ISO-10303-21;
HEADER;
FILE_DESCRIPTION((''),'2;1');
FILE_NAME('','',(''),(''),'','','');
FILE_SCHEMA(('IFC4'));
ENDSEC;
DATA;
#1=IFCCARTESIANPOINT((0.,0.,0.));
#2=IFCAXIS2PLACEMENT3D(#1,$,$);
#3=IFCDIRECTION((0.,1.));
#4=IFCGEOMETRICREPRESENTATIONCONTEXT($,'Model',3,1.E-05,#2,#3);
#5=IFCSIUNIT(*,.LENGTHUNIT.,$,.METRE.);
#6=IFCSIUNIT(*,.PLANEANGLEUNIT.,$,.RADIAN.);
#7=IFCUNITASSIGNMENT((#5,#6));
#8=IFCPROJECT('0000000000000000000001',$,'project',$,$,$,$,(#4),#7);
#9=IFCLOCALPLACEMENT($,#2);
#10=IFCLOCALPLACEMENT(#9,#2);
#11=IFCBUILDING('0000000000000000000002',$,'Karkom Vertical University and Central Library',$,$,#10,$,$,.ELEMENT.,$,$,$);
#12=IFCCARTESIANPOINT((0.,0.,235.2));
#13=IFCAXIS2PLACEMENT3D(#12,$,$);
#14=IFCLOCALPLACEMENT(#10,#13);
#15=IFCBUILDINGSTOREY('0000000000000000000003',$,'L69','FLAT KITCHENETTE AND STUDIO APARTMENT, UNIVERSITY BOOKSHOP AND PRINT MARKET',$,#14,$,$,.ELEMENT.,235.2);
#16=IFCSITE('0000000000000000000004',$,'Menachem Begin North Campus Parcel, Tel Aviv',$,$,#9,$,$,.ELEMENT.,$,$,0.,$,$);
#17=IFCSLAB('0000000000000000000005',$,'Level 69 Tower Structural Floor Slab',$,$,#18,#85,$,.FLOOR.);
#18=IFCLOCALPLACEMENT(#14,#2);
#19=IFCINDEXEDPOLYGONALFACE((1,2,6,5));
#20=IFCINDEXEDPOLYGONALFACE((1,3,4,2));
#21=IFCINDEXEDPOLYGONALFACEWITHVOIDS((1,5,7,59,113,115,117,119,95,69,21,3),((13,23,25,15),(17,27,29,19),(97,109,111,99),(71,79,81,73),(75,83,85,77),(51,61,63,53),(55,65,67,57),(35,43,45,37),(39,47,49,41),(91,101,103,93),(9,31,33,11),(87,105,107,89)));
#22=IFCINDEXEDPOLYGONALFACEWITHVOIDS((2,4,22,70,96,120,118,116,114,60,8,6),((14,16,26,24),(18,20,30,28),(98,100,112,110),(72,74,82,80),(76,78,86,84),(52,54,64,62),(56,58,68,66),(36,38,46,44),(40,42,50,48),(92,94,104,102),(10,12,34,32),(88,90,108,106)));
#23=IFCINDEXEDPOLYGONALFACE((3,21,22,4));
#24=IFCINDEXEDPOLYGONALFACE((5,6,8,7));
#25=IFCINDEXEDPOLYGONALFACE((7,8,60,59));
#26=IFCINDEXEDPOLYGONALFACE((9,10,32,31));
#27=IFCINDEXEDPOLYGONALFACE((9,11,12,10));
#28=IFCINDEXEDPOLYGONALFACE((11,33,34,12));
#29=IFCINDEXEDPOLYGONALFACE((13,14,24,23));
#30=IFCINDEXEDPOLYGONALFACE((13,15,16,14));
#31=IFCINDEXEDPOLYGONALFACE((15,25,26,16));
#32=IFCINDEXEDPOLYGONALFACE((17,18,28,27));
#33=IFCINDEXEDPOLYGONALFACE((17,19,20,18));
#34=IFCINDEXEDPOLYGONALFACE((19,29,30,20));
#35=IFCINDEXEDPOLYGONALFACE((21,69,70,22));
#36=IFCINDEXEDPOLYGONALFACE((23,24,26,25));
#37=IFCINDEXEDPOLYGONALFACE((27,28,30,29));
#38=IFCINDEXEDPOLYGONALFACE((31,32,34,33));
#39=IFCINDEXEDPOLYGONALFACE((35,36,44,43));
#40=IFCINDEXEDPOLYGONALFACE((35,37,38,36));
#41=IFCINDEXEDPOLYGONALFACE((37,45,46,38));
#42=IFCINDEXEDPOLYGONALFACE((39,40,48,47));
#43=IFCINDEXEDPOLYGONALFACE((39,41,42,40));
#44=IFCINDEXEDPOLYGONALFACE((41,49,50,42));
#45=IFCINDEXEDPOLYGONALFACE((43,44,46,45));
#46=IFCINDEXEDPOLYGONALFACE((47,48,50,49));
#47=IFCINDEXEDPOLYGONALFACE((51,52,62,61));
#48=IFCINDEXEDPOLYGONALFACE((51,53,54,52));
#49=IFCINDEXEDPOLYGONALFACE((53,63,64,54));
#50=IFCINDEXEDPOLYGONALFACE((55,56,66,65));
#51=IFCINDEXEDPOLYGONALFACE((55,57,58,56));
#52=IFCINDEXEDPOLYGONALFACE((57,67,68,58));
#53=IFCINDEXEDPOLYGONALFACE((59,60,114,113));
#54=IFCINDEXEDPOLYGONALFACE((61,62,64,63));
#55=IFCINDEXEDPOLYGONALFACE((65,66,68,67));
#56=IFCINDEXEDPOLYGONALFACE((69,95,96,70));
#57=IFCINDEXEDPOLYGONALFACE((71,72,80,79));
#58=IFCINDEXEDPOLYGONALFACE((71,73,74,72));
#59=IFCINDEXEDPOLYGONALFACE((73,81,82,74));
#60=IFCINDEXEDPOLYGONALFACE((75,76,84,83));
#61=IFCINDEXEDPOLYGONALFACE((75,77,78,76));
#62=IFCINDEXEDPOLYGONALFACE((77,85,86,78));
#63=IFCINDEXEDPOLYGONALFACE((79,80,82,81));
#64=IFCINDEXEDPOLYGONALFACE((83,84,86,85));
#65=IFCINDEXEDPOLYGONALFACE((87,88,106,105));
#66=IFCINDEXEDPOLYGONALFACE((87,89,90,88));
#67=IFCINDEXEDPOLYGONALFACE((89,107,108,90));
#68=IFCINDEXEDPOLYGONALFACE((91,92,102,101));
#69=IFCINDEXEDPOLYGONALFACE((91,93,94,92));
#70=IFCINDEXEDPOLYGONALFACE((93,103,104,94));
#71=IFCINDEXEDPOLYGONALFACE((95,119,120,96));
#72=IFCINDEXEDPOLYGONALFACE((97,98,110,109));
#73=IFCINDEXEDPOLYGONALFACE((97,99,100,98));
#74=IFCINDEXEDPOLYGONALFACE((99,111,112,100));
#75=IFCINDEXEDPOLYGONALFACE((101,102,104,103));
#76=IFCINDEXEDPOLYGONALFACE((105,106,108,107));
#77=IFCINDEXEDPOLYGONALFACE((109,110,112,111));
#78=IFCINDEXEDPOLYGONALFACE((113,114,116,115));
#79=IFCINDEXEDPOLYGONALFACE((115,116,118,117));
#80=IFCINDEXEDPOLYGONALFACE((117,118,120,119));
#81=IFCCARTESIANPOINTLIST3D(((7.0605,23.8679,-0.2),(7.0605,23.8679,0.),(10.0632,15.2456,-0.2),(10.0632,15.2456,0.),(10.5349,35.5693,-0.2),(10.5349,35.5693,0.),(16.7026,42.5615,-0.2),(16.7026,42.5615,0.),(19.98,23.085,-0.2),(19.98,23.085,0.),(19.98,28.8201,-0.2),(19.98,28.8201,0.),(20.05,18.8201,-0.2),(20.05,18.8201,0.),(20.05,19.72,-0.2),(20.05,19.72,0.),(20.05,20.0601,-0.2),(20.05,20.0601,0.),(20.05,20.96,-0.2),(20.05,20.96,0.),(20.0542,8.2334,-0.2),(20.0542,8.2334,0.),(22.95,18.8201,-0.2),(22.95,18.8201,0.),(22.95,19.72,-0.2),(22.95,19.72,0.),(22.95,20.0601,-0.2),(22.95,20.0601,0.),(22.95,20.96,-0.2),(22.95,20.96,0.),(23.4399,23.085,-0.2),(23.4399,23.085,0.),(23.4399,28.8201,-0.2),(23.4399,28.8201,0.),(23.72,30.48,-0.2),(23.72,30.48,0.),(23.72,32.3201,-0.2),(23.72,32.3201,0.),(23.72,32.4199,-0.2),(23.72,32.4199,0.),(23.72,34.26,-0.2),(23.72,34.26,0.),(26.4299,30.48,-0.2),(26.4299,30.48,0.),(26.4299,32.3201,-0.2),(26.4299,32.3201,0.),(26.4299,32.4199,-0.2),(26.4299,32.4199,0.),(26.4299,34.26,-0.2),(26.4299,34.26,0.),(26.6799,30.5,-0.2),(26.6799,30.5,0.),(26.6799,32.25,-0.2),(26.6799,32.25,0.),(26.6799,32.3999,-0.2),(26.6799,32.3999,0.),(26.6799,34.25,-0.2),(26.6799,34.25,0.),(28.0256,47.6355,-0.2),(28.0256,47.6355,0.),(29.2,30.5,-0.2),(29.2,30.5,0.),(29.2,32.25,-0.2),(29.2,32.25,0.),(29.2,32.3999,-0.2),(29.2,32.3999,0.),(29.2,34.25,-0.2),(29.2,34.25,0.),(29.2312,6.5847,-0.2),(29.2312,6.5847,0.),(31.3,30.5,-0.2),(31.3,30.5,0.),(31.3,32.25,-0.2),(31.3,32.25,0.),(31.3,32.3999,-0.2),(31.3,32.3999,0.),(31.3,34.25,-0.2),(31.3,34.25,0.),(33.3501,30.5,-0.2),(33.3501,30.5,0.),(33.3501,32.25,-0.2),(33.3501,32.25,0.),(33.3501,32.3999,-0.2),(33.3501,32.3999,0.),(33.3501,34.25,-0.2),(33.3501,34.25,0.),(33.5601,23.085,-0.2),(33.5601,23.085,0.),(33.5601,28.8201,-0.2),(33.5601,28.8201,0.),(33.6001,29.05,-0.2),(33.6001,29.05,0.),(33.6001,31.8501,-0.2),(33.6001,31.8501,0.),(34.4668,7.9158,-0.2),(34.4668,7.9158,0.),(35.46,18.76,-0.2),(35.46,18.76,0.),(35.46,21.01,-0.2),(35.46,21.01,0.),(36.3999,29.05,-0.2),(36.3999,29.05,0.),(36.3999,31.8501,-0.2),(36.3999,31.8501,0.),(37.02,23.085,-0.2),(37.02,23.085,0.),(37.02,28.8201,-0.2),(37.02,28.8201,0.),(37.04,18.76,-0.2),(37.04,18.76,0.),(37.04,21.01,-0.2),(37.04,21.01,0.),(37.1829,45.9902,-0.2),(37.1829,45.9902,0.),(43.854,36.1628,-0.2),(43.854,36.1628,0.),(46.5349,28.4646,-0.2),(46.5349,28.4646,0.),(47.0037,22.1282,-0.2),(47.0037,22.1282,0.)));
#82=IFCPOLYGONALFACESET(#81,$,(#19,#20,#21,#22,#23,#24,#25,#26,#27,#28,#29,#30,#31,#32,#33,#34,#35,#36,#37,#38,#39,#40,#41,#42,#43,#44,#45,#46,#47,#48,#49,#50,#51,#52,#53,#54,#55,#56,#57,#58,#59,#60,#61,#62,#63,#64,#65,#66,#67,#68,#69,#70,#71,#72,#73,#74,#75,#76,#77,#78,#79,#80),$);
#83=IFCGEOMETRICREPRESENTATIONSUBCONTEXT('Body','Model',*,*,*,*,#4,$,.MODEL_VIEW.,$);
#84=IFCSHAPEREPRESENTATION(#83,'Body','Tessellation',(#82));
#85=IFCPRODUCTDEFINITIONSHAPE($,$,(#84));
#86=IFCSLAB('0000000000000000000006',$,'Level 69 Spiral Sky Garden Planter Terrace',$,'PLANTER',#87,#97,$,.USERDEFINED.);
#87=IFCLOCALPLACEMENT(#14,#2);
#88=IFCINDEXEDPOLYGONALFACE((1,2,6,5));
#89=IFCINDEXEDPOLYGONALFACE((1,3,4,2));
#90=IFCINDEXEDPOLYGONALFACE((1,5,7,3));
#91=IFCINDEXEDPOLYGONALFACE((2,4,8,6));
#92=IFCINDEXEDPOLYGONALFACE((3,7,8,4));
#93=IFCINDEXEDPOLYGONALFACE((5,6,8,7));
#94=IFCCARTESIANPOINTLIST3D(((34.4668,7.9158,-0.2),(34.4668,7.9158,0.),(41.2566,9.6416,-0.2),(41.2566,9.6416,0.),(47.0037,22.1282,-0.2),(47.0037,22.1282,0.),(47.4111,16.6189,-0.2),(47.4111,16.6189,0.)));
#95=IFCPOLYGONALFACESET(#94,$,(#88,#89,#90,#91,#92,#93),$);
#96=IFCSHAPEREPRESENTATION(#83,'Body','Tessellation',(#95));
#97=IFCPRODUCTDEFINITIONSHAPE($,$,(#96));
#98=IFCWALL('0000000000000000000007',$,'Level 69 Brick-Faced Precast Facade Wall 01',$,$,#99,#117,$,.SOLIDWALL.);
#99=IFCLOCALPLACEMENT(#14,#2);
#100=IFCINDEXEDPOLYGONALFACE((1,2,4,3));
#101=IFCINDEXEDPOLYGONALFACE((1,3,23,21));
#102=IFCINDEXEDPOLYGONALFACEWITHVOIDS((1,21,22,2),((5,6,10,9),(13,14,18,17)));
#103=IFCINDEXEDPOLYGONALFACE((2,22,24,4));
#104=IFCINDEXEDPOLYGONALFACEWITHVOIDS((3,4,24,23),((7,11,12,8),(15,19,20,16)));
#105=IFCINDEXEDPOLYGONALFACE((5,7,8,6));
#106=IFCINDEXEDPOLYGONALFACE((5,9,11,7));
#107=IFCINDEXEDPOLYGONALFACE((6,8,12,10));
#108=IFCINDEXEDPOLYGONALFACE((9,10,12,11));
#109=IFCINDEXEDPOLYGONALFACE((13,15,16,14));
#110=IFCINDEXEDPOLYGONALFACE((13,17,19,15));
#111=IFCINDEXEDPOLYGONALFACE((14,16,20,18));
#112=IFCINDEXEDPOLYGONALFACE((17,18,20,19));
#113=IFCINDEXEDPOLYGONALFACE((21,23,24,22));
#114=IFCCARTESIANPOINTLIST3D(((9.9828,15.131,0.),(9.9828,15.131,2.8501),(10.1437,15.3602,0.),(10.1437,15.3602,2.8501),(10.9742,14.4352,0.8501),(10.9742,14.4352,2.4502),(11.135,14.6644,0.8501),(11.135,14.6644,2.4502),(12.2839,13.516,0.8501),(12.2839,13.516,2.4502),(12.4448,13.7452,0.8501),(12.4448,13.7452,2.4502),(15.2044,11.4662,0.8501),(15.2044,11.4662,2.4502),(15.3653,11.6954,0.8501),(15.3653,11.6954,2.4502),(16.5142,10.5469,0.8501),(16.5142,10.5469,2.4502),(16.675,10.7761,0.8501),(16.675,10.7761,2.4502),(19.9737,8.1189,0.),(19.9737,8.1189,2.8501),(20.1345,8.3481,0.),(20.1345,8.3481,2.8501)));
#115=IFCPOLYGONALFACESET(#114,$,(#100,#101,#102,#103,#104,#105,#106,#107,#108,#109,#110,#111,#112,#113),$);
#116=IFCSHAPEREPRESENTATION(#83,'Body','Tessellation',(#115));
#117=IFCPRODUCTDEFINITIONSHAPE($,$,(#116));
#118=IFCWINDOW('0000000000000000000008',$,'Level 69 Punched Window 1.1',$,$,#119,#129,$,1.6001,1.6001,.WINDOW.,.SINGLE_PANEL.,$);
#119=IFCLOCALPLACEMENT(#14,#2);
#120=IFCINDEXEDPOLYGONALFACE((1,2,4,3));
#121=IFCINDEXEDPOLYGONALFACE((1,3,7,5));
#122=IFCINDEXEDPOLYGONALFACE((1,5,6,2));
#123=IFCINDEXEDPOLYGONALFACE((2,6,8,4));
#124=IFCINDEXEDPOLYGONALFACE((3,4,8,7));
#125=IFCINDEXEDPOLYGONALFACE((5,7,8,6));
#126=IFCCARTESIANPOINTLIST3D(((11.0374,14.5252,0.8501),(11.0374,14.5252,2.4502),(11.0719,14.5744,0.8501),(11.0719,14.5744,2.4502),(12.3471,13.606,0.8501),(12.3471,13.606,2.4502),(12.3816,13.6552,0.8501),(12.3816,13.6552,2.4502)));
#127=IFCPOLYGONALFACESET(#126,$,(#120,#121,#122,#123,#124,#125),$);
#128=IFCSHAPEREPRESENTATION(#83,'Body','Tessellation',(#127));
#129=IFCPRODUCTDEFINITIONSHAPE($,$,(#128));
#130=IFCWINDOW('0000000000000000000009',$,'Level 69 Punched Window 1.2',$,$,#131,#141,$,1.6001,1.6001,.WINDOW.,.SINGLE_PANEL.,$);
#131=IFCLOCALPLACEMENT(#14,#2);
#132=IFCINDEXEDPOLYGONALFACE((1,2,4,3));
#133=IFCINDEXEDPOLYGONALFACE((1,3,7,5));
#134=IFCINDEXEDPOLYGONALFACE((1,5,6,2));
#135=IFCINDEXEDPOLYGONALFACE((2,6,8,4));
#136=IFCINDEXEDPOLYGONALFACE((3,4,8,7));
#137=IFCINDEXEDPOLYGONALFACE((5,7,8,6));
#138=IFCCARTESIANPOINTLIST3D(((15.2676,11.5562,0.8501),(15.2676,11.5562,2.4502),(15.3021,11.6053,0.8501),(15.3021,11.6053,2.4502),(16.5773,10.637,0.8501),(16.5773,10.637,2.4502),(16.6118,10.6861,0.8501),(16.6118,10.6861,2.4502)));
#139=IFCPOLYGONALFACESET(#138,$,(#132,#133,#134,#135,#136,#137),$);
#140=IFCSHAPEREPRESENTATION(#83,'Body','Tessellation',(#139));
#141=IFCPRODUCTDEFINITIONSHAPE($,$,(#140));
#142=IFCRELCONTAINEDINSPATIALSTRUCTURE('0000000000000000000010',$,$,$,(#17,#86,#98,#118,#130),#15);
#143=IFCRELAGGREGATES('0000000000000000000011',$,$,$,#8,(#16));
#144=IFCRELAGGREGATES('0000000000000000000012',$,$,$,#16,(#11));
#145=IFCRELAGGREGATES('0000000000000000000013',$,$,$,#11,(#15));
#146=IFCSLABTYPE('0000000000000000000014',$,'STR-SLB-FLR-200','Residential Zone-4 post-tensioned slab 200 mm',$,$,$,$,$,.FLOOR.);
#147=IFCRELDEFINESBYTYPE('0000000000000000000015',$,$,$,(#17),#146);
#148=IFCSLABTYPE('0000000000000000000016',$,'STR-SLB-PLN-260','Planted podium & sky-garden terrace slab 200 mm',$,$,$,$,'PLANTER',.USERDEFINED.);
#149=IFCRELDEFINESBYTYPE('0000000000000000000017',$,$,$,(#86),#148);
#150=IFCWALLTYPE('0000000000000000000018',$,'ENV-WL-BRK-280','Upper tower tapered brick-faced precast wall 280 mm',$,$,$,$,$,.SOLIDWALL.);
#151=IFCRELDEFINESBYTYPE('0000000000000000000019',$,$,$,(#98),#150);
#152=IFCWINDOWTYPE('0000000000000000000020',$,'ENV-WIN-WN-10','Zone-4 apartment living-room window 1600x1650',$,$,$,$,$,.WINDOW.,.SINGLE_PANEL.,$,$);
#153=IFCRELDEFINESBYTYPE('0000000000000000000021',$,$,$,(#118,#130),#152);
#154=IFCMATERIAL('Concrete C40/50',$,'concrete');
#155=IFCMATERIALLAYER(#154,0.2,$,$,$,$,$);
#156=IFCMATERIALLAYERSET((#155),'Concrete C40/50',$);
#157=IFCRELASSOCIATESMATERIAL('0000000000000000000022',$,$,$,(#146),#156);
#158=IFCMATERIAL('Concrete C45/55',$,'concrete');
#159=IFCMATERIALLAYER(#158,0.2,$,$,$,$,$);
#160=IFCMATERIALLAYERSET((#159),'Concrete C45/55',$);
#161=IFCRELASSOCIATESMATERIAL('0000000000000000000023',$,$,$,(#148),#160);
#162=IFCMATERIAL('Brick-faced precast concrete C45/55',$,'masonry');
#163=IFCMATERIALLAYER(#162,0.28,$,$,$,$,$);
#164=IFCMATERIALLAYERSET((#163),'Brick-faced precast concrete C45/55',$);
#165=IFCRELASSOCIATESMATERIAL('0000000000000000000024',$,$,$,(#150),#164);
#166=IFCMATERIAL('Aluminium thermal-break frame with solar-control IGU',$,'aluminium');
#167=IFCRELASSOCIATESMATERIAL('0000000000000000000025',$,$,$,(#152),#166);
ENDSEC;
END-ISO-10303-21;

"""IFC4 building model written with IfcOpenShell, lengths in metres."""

from ifc_helpers import new_model, si_unit, direction, frame, frame_2d, origin, origin_with_axes, place, context, subcontext, project, spatial, polyline, rectangle, outline, extrude, source, transform, mapped, material, layer, layer_set, type_object, element, fill, save


model = new_model("IFC4")

# Units and contexts
model_context = context("Model", 3, precision=1e-05, world=origin(), true_north=direction((0.0, 1.0)))
body_context = subcontext(model_context, "Body", "Model", "MODEL_VIEW")
ifc_project = project(units=[si_unit("LENGTHUNIT", "METRE"), si_unit("PLANEANGLEUNIT", "RADIAN")], contexts=[model_context])

# Site, building, storey
site_placement = place(None, origin())
site = spatial("IfcSite", under=ifc_project, at=site_placement, Name="Menachem Begin North Campus Parcel, Tel Aviv", CompositionType="ELEMENT", RefElevation=0.0)
building_placement = place(site_placement, origin())
building = spatial("IfcBuilding", under=site, at=building_placement, Name="Karkom Vertical University and Central Library", CompositionType="ELEMENT")
storey_placement = place(building_placement, frame((0.0, 0.0, 235.2)))
storey = spatial("IfcBuildingStorey", under=building, at=storey_placement, Name="L69", Description="FLAT KITCHENETTE AND STUDIO APARTMENT, UNIVERSITY BOOKSHOP AND PRINT MARKET", CompositionType="ELEMENT", Elevation=235.2)

# Shared definitions
ifc_material_1 = material(Name="Concrete C45/55", Category="concrete")

# Slabs
ifc_material_2 = material(Name="Concrete C40/50", Category="concrete")
ifc_layer_1 = layer(ifc_material_2, 0.2)
ifc_layer_set_1 = layer_set([ifc_layer_1], Name="Concrete C40/50")
slab_type_1 = type_object("IfcSlabType", Name="STR-SLB-FLR-200", Description="Residential Zone-4 post-tensioned slab 200 mm", PredefinedType="FLOOR", material=ifc_layer_set_1)
slab_1_placement = place(storey_placement, frame((0.0, 0.0, -0.2)))
element("IfcSlab", 1, at=slab_1_placement, inside=storey, type_object=slab_type_1, Name="Level 69 Tower Structural Floor Slab", PredefinedType="FLOOR", context=body_context, shape_type="SweptSolid", body=[
    extrude(outline(polyline([(10.0632, 15.2456), (20.0542, 8.2334), (29.2312, 6.5847), (34.4668, 7.9158), (47.0037, 22.1282), (46.5349, 28.4646), (43.854, 36.1628), (37.1829, 45.9902), (28.0256, 47.6355), (16.7026, 42.5615), (10.5349, 35.5693), (7.0605, 23.8679), (10.0632, 15.2456)]), holes=[polyline([(19.98, 23.085), (23.4399, 23.085), (23.4399, 28.8201), (19.98, 28.8201), (19.98, 23.085)]), polyline([(33.5601, 23.085), (37.02, 23.085), (37.02, 28.8201), (33.5601, 28.8201), (33.5601, 23.085)]), polyline([(26.6799, 30.5), (29.2, 30.5), (29.2, 32.25), (26.6799, 32.25), (26.6799, 30.5)]), polyline([(26.6799, 32.3999), (29.2, 32.3999), (29.2, 34.25), (26.6799, 34.25), (26.6799, 32.3999)]), polyline([(31.3, 30.5), (33.3501, 30.5), (33.3501, 32.25), (31.3, 32.25), (31.3, 30.5)]), polyline([(31.3, 32.3999), (33.3501, 32.3999), (33.3501, 34.25), (31.3, 34.25), (31.3, 32.3999)]), polyline([(23.72, 30.48), (26.4299, 30.48), (26.4299, 32.3201), (23.72, 32.3201), (23.72, 30.48)]), polyline([(23.72, 32.4199), (26.4299, 32.4199), (26.4299, 34.26), (23.72, 34.26), (23.72, 32.4199)]), polyline([(33.6001, 29.05), (36.3999, 29.05), (36.3999, 31.8501), (33.6001, 31.8501), (33.6001, 29.05)]), polyline([(20.05, 18.8201), (22.95, 18.8201), (22.95, 19.72), (20.05, 19.72), (20.05, 18.8201)]), polyline([(20.05, 20.0601), (22.95, 20.0601), (22.95, 20.96), (20.05, 20.96), (20.05, 20.0601)]), polyline([(35.46, 18.76), (37.04, 18.76), (37.04, 21.01), (35.46, 21.01), (35.46, 18.76)])]), origin(), (0.0, 0.0, 1.0), 0.2),
])
ifc_layer_2 = layer(ifc_material_1, 0.2)
ifc_layer_set_2 = layer_set([ifc_layer_2], Name="Concrete C45/55")
slab_type_2 = type_object("IfcSlabType", Name="STR-SLB-PLN-260", Description="Planted podium & sky-garden terrace slab 200 mm", ElementType="PLANTER", PredefinedType="USERDEFINED", material=ifc_layer_set_2)
slab_2_placement = place(storey_placement, frame((0.0, 0.0, -0.2)))
element("IfcSlab", 2, at=slab_2_placement, inside=storey, type_object=slab_type_2, Name="Level 69 Spiral Sky Garden Planter Terrace", ObjectType="PLANTER", PredefinedType="USERDEFINED", context=body_context, shape_type="SweptSolid", body=[
    extrude(outline(polyline([(34.4668, 7.9158), (41.2566, 9.6416), (47.4111, 16.6189), (47.0037, 22.1282), (34.4668, 7.9158)])), origin(), (0.0, 0.0, 1.0), 0.2),
])

# Wall, openings, windows
ifc_material_3 = material(Name="Brick-faced precast concrete C45/55", Category="masonry")
ifc_layer_3 = layer(ifc_material_3, 0.28)
ifc_layer_set_3 = layer_set([ifc_layer_3], Name="Brick-faced precast concrete C45/55")
wall_type_1 = type_object("IfcWallType", Name="ENV-WL-BRK-280", Description="Upper tower tapered brick-faced precast wall 280 mm", PredefinedType="SOLIDWALL", material=ifc_layer_set_3)
wall_1_placement = place(storey_placement, frame((10.0632, 15.2456, 0.0), z_axis=(0.0, 0.0, 1.0), x_axis=(0.818518, -0.574481, 0.0)))
wall_1 = element("IfcWall", 3, at=wall_1_placement, inside=storey, type_object=wall_type_1, Name="Level 69 Brick-Faced Precast Facade Wall 01", PredefinedType="SOLIDWALL", context=body_context, shape_type="SweptSolid", body=[
    extrude(rectangle(XDim=12.2061, YDim=0.28, at=frame_2d((6.103, 0.0))), origin(), (0.0, 0.0, 1.0), 2.8501),
])
opening_1_placement = place(wall_1_placement, frame((1.2112, 0.0, 0.8501)))
opening_1 = element("IfcOpeningElement", 4, at=opening_1_placement, cuts=wall_1, PredefinedType="OPENING", context=body_context, shape_type="SweptSolid", body=[
    extrude(rectangle(XDim=1.6001, YDim=1.6001, at=frame_2d((0.8, 0.8))), frame((0.0, 0.1499, 0.0), z_axis=(0.0, -1.0, 0.0), x_axis=(1.0, 0.0, 0.0)), (0.0, 0.0, 1.0), 0.3),
])
opening_2_placement = place(wall_1_placement, frame((6.3794, 0.0, 0.8501)))
opening_2 = element("IfcOpeningElement", 5, at=opening_2_placement, cuts=wall_1, PredefinedType="OPENING", context=body_context, shape_type="SweptSolid", body=[
    extrude(rectangle(XDim=1.6001, YDim=1.6001, at=frame_2d((0.8, 0.8))), frame((0.0, 0.1499, 0.0), z_axis=(0.0, -1.0, 0.0), x_axis=(1.0, 0.0, 0.0)), (0.0, 0.0, 1.0), 0.3),
])
ifc_material_4 = material(Name="Aluminium thermal-break frame with solar-control IGU", Category="aluminium")
window_type = type_object("IfcWindowType", Name="ENV-WIN-WN-10", Description="Zone-4 apartment living-room window 1600x1650", PartitioningType="SINGLE_PANEL", PredefinedType="WINDOW", material=ifc_material_4)
shared_shape_1 = source(origin_with_axes(), body_context, "Body", "SweptSolid", [
    extrude(rectangle(XDim=1.6001, YDim=1.6001, at=frame_2d((0.8, 0.8))), frame((0.0, 0.03, 0.0), z_axis=(0.0, -1.0, 0.0), x_axis=(1.0, 0.0, 0.0)), (0.0, 0.0, 1.0), 0.0601),
])
window_1_placement = place(opening_1_placement, origin())
window_1 = element("IfcWindow", 6, at=window_1_placement, inside=storey, type_object=window_type, Name="Level 69 Punched Window 1.1", OverallHeight=1.6001, OverallWidth=1.6001, PartitioningType="SINGLE_PANEL", PredefinedType="WINDOW", context=body_context, shape_type="MappedRepresentation", body=[
    mapped(shared_shape_1, transform((0.0, 0.0, 0.0), scale=1.0)),
])
fill(opening_1, window_1)
window_2_placement = place(opening_2_placement, origin())
window_2 = element("IfcWindow", 7, at=window_2_placement, inside=storey, type_object=window_type, Name="Level 69 Punched Window 1.2", OverallHeight=1.6001, OverallWidth=1.6001, PartitioningType="SINGLE_PANEL", PredefinedType="WINDOW", context=body_context, shape_type="MappedRepresentation", body=[
    mapped(shared_shape_1, transform((0.0, 0.0, 0.0), scale=1.0)),
])
fill(opening_2, window_2)

save(model, "model.ifc")
